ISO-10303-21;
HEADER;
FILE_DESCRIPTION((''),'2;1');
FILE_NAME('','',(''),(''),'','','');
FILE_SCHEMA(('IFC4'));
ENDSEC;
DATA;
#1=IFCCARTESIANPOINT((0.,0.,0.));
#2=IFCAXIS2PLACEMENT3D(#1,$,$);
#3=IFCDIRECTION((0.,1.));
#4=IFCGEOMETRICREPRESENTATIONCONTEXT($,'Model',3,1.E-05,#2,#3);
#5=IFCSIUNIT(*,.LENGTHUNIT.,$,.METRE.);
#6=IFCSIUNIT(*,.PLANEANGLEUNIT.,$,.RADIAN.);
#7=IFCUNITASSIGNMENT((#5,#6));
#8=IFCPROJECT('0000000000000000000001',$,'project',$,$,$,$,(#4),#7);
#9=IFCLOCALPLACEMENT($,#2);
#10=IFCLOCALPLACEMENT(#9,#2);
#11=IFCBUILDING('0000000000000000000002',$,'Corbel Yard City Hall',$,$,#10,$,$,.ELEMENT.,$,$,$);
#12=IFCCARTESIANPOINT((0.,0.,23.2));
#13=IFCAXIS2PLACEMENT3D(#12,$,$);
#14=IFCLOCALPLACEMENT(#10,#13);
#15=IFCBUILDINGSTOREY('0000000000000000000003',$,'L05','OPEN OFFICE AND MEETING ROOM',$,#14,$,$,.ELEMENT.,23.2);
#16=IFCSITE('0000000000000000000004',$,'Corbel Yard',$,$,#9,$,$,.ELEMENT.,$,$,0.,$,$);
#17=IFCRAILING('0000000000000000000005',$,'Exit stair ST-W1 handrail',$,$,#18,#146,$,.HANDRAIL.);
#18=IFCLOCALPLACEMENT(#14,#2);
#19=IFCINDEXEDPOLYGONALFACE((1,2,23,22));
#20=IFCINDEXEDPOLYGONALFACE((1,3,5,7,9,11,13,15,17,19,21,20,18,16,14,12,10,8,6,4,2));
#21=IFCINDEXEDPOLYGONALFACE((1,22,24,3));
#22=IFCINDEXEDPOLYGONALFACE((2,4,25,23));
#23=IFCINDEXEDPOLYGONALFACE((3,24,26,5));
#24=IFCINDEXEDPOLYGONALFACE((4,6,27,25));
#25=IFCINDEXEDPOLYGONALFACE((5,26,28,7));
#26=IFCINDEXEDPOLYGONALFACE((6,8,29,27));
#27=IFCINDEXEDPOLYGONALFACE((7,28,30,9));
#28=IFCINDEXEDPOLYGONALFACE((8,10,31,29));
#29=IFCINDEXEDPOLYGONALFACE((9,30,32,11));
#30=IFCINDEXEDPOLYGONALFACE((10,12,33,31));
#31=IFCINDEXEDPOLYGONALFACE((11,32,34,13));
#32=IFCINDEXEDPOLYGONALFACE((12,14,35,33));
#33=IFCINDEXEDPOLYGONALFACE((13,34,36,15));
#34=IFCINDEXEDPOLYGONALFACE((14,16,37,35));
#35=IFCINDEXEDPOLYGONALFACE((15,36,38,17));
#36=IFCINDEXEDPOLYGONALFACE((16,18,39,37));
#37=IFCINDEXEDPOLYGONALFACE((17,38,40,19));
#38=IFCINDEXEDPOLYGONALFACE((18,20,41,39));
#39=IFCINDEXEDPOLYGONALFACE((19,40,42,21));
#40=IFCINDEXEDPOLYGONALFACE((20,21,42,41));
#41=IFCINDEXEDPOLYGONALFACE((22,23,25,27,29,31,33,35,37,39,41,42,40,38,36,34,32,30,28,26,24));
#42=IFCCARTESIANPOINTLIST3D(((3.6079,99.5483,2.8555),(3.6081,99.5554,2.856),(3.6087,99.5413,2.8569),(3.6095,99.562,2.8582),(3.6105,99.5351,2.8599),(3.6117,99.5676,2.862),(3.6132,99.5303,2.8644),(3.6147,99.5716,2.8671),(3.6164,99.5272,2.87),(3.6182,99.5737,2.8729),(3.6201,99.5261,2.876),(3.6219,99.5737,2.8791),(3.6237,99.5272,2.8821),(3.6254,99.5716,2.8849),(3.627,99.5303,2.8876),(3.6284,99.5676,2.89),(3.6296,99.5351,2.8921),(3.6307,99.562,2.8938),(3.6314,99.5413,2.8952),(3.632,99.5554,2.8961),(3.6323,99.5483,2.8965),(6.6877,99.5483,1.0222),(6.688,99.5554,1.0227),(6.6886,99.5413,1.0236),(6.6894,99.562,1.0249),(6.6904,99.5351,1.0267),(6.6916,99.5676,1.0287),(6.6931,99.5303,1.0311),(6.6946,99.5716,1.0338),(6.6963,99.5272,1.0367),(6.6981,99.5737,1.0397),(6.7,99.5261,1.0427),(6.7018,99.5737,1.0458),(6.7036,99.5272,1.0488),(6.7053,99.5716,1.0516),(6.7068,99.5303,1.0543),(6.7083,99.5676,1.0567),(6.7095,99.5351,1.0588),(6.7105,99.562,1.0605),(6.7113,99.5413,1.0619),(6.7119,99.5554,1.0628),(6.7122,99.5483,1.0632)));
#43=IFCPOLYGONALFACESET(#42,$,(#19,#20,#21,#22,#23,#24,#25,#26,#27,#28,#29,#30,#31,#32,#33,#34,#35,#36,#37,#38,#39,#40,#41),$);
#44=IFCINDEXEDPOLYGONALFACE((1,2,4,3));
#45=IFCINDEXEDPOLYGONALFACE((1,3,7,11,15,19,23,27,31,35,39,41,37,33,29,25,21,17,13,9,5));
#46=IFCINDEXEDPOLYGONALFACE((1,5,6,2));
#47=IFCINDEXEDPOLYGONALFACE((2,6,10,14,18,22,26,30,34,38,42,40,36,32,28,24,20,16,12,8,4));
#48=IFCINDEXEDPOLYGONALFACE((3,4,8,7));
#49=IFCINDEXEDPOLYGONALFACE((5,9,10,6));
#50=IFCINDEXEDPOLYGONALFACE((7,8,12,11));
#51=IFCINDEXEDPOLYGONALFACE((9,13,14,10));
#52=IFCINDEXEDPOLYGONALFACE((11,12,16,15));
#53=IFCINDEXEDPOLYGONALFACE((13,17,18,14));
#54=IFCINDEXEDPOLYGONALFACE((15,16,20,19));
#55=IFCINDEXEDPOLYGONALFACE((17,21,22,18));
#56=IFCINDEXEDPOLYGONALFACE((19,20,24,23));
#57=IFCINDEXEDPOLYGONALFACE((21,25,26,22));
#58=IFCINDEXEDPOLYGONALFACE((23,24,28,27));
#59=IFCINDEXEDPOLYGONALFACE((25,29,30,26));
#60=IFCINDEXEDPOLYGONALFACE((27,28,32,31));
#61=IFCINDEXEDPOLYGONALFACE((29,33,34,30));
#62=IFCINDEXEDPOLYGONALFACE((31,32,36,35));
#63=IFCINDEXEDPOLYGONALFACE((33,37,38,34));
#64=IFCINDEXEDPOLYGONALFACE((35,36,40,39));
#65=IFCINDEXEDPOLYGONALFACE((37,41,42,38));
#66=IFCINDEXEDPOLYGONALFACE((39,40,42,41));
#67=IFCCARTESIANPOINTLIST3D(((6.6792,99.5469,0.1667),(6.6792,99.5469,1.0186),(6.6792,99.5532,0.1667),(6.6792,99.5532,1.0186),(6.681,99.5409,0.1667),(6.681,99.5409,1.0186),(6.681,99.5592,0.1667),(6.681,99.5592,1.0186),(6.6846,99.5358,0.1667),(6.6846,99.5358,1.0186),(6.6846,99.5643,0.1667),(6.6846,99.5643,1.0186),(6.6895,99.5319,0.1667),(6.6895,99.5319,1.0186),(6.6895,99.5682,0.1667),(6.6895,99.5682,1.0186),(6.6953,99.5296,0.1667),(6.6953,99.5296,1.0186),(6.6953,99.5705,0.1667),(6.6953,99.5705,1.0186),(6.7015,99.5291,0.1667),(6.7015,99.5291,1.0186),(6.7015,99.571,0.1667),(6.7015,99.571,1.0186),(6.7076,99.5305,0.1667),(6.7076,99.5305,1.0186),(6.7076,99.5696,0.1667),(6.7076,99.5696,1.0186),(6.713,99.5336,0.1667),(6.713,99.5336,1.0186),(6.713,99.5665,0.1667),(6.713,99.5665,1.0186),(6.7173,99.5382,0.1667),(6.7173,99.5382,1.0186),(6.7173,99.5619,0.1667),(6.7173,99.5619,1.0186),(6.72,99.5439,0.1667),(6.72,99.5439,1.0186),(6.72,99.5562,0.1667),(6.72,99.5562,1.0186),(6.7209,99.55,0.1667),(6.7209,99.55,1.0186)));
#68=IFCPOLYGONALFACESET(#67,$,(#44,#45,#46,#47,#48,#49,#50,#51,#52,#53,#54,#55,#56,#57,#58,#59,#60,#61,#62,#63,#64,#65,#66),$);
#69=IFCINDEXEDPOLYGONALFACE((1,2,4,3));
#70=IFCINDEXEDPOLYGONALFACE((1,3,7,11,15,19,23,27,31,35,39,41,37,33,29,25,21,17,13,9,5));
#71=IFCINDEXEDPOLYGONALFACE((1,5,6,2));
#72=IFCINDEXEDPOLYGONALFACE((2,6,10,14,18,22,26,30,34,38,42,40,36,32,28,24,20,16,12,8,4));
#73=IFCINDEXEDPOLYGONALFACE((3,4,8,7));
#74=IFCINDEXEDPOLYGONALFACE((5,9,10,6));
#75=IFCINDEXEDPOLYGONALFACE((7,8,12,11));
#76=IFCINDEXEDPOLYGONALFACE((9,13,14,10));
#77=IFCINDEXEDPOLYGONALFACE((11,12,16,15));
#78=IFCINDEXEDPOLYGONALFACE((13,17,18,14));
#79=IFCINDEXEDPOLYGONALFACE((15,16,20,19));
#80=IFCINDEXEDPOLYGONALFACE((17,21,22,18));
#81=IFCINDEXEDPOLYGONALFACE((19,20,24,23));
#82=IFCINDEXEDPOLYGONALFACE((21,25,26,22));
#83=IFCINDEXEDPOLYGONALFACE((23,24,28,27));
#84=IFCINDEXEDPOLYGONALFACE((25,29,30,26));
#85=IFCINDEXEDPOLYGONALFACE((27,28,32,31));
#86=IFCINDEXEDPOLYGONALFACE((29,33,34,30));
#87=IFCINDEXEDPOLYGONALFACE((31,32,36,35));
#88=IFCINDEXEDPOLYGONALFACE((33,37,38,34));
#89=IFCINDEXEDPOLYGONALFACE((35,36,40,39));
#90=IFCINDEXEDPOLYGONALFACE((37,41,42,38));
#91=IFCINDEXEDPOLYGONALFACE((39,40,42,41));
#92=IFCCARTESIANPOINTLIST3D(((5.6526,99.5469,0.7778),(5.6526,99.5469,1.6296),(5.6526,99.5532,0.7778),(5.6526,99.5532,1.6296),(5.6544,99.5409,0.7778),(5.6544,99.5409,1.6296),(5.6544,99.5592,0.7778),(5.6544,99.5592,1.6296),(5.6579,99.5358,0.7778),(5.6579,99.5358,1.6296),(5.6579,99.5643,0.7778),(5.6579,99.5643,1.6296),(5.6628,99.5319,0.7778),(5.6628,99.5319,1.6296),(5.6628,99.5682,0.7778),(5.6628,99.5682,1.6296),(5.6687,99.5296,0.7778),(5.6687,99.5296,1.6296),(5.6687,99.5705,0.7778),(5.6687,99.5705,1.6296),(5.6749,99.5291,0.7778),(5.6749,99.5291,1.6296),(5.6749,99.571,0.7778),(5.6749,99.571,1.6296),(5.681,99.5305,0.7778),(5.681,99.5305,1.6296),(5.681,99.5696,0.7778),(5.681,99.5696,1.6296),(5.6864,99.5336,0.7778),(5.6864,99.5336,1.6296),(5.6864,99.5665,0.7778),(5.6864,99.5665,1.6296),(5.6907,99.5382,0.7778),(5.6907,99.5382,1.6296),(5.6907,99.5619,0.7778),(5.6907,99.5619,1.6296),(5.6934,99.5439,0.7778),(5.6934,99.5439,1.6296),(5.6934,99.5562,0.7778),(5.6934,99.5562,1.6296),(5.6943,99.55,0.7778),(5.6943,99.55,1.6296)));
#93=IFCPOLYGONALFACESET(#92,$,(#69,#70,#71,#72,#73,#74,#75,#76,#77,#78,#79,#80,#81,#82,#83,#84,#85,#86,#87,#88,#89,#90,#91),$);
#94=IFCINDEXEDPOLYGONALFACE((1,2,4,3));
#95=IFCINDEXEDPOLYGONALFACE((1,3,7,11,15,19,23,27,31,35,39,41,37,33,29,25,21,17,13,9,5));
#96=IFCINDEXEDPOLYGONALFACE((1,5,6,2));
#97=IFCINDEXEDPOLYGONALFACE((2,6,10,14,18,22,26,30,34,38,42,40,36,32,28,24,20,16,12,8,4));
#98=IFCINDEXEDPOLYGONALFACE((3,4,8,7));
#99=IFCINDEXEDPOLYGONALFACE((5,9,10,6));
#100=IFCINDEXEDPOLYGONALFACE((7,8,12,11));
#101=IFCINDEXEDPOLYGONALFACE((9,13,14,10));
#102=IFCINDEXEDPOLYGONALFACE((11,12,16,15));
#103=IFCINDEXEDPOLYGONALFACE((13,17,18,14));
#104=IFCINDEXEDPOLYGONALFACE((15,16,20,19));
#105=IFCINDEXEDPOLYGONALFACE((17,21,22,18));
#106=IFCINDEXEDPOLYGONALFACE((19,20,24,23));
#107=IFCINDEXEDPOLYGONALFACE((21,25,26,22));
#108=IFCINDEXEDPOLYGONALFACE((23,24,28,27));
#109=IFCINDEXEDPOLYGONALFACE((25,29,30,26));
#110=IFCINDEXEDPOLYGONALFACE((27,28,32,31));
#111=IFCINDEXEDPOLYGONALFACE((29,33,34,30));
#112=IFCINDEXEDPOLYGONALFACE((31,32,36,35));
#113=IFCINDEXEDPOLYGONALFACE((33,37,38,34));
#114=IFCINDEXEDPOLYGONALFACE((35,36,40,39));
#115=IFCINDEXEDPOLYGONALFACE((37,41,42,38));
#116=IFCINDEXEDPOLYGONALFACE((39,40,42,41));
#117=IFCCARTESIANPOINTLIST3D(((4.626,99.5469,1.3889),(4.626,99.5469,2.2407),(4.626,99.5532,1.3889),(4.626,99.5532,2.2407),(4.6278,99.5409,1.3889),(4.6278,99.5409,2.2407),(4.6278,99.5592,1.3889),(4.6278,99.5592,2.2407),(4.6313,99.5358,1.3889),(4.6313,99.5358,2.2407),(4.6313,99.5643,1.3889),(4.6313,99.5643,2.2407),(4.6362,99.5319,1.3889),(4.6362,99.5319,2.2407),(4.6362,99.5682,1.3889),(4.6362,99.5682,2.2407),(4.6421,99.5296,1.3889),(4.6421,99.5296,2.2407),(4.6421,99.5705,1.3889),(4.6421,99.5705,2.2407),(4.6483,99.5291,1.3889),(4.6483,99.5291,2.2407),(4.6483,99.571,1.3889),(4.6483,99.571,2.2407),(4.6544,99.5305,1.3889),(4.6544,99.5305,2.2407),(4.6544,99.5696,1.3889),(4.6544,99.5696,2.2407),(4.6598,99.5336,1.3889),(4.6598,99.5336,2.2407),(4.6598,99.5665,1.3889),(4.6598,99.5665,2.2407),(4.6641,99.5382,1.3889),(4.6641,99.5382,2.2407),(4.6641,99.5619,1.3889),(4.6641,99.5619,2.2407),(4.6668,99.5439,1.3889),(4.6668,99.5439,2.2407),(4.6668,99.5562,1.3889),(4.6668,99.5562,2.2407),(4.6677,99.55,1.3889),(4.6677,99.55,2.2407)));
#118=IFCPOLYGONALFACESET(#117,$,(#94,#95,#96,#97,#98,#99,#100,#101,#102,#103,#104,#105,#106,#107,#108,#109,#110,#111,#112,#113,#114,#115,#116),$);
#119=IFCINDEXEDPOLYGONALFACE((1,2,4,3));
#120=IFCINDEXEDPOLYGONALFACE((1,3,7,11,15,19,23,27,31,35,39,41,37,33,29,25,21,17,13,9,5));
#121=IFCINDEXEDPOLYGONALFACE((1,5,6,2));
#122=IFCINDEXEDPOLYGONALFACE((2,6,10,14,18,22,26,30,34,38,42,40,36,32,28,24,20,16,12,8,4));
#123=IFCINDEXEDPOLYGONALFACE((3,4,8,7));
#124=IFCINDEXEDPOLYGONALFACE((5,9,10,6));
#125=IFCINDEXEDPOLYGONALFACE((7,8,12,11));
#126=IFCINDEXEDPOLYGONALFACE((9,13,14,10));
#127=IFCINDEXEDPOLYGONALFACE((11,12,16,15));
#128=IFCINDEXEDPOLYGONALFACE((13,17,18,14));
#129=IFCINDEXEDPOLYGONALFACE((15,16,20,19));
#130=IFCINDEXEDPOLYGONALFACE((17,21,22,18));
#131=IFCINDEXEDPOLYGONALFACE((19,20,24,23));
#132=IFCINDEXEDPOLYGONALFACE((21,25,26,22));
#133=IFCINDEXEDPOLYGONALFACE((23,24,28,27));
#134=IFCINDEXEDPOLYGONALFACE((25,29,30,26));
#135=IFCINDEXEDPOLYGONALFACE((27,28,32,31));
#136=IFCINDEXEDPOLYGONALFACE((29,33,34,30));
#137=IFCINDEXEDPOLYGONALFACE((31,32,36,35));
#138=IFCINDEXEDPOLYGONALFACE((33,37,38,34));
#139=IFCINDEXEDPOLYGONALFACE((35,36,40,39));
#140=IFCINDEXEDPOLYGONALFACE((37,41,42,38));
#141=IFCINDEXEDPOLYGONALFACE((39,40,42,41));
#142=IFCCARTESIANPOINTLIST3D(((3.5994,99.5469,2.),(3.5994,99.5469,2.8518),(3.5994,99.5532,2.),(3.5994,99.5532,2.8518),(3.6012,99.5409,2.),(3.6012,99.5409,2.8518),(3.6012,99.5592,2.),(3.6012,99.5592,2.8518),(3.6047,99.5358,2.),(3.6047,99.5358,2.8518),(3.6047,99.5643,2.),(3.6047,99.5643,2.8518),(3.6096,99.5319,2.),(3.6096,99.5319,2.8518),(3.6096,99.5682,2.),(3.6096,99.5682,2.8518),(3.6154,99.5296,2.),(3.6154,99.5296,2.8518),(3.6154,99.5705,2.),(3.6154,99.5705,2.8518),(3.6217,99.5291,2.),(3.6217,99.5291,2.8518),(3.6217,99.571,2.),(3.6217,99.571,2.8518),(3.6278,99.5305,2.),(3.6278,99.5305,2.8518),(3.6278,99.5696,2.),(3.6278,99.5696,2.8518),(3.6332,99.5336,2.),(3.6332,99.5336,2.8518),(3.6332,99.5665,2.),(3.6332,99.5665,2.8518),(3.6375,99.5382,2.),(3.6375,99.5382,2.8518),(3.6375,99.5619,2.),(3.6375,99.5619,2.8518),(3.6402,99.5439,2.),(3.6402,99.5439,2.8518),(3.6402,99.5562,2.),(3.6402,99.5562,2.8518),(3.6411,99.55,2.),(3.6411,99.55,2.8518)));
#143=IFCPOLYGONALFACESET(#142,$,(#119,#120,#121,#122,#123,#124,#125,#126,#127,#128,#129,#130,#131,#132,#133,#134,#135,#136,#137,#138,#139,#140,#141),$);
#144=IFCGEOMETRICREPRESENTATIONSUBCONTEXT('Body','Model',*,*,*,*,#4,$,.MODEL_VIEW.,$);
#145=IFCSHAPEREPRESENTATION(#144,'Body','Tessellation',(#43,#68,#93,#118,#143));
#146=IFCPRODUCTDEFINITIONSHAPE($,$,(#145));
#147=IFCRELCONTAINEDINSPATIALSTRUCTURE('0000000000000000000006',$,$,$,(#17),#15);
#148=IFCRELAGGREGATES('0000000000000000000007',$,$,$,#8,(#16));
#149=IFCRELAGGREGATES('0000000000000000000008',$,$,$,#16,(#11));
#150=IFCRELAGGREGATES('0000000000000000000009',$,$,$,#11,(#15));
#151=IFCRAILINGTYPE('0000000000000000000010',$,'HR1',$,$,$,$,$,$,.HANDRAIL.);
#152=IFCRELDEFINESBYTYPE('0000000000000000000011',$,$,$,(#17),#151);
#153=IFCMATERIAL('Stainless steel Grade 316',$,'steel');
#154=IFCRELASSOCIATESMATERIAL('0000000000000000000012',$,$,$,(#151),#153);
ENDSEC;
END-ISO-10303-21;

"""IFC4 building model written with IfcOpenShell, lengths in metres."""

from ifc_helpers import new_model, si_unit, direction, frame, origin, origin_2d, place, context, subcontext, project, spatial, circle, extrude, material, type_object, element, save


model = new_model("IFC4")

# Units and contexts
model_context = context("Model", 3, precision=1e-05, world=origin(), true_north=direction((0.0, 1.0)))
body_context = subcontext(model_context, "Body", "Model", "MODEL_VIEW")
ifc_project = project(units=[si_unit("LENGTHUNIT", "METRE"), si_unit("PLANEANGLEUNIT", "RADIAN")], contexts=[model_context])

# Site, building, storey
site_placement = place(None, origin())
site = spatial("IfcSite", under=ifc_project, at=site_placement, Name="Corbel Yard", CompositionType="ELEMENT", RefElevation=0.0)
building_placement = place(site_placement, origin())
building = spatial("IfcBuilding", under=site, at=building_placement, Name="Corbel Yard City Hall", CompositionType="ELEMENT")
storey_placement = place(building_placement, frame((0.0, 0.0, 23.2)))
storey = spatial("IfcBuildingStorey", under=building, at=storey_placement, Name="L05", Description="OPEN OFFICE AND MEETING ROOM", CompositionType="ELEMENT", Elevation=23.2)

# Railing
ifc_material_1 = material(Name="Stainless steel Grade 316", Category="steel")
railing_type = type_object("IfcRailingType", Name="HR1", PredefinedType="HANDRAIL", material=ifc_material_1)
for number, where, name in (
    (1, (6.7, 99.55, 0.1667), "Exit stair ST-W1 handrail"),
):
    element("IfcRailing", number, at=place(storey_placement, frame(where)), inside=storey, type_object=railing_type, Name=name, PredefinedType="HANDRAIL", context=body_context, shape_type="SweptSolid", body=[
        extrude(circle(Radius=0.0239, at=origin_2d()), frame((0.0, 0.0, 0.876), z_axis=(-0.859291, 0.0, 0.511487), x_axis=(0.0, -1.0, 0.0)), (0.0, 0.0, 1.0), 3.5842),
        extrude(circle(Radius=0.021, at=origin_2d()), origin(), (0.0, 0.0, 1.0), 0.8518),
        extrude(circle(Radius=0.021, at=origin_2d()), frame((-1.0266, 0.0, 0.6111)), (0.0, 0.0, 1.0), 0.8518),
        extrude(circle(Radius=0.021, at=origin_2d()), frame((-2.0532, 0.0, 1.2222)), (0.0, 0.0, 1.0), 0.8518),
        extrude(circle(Radius=0.021, at=origin_2d()), frame((-3.0798, 0.0, 1.8333)), (0.0, 0.0, 1.0), 0.8518),
    ])

save(model, "model.ifc")
